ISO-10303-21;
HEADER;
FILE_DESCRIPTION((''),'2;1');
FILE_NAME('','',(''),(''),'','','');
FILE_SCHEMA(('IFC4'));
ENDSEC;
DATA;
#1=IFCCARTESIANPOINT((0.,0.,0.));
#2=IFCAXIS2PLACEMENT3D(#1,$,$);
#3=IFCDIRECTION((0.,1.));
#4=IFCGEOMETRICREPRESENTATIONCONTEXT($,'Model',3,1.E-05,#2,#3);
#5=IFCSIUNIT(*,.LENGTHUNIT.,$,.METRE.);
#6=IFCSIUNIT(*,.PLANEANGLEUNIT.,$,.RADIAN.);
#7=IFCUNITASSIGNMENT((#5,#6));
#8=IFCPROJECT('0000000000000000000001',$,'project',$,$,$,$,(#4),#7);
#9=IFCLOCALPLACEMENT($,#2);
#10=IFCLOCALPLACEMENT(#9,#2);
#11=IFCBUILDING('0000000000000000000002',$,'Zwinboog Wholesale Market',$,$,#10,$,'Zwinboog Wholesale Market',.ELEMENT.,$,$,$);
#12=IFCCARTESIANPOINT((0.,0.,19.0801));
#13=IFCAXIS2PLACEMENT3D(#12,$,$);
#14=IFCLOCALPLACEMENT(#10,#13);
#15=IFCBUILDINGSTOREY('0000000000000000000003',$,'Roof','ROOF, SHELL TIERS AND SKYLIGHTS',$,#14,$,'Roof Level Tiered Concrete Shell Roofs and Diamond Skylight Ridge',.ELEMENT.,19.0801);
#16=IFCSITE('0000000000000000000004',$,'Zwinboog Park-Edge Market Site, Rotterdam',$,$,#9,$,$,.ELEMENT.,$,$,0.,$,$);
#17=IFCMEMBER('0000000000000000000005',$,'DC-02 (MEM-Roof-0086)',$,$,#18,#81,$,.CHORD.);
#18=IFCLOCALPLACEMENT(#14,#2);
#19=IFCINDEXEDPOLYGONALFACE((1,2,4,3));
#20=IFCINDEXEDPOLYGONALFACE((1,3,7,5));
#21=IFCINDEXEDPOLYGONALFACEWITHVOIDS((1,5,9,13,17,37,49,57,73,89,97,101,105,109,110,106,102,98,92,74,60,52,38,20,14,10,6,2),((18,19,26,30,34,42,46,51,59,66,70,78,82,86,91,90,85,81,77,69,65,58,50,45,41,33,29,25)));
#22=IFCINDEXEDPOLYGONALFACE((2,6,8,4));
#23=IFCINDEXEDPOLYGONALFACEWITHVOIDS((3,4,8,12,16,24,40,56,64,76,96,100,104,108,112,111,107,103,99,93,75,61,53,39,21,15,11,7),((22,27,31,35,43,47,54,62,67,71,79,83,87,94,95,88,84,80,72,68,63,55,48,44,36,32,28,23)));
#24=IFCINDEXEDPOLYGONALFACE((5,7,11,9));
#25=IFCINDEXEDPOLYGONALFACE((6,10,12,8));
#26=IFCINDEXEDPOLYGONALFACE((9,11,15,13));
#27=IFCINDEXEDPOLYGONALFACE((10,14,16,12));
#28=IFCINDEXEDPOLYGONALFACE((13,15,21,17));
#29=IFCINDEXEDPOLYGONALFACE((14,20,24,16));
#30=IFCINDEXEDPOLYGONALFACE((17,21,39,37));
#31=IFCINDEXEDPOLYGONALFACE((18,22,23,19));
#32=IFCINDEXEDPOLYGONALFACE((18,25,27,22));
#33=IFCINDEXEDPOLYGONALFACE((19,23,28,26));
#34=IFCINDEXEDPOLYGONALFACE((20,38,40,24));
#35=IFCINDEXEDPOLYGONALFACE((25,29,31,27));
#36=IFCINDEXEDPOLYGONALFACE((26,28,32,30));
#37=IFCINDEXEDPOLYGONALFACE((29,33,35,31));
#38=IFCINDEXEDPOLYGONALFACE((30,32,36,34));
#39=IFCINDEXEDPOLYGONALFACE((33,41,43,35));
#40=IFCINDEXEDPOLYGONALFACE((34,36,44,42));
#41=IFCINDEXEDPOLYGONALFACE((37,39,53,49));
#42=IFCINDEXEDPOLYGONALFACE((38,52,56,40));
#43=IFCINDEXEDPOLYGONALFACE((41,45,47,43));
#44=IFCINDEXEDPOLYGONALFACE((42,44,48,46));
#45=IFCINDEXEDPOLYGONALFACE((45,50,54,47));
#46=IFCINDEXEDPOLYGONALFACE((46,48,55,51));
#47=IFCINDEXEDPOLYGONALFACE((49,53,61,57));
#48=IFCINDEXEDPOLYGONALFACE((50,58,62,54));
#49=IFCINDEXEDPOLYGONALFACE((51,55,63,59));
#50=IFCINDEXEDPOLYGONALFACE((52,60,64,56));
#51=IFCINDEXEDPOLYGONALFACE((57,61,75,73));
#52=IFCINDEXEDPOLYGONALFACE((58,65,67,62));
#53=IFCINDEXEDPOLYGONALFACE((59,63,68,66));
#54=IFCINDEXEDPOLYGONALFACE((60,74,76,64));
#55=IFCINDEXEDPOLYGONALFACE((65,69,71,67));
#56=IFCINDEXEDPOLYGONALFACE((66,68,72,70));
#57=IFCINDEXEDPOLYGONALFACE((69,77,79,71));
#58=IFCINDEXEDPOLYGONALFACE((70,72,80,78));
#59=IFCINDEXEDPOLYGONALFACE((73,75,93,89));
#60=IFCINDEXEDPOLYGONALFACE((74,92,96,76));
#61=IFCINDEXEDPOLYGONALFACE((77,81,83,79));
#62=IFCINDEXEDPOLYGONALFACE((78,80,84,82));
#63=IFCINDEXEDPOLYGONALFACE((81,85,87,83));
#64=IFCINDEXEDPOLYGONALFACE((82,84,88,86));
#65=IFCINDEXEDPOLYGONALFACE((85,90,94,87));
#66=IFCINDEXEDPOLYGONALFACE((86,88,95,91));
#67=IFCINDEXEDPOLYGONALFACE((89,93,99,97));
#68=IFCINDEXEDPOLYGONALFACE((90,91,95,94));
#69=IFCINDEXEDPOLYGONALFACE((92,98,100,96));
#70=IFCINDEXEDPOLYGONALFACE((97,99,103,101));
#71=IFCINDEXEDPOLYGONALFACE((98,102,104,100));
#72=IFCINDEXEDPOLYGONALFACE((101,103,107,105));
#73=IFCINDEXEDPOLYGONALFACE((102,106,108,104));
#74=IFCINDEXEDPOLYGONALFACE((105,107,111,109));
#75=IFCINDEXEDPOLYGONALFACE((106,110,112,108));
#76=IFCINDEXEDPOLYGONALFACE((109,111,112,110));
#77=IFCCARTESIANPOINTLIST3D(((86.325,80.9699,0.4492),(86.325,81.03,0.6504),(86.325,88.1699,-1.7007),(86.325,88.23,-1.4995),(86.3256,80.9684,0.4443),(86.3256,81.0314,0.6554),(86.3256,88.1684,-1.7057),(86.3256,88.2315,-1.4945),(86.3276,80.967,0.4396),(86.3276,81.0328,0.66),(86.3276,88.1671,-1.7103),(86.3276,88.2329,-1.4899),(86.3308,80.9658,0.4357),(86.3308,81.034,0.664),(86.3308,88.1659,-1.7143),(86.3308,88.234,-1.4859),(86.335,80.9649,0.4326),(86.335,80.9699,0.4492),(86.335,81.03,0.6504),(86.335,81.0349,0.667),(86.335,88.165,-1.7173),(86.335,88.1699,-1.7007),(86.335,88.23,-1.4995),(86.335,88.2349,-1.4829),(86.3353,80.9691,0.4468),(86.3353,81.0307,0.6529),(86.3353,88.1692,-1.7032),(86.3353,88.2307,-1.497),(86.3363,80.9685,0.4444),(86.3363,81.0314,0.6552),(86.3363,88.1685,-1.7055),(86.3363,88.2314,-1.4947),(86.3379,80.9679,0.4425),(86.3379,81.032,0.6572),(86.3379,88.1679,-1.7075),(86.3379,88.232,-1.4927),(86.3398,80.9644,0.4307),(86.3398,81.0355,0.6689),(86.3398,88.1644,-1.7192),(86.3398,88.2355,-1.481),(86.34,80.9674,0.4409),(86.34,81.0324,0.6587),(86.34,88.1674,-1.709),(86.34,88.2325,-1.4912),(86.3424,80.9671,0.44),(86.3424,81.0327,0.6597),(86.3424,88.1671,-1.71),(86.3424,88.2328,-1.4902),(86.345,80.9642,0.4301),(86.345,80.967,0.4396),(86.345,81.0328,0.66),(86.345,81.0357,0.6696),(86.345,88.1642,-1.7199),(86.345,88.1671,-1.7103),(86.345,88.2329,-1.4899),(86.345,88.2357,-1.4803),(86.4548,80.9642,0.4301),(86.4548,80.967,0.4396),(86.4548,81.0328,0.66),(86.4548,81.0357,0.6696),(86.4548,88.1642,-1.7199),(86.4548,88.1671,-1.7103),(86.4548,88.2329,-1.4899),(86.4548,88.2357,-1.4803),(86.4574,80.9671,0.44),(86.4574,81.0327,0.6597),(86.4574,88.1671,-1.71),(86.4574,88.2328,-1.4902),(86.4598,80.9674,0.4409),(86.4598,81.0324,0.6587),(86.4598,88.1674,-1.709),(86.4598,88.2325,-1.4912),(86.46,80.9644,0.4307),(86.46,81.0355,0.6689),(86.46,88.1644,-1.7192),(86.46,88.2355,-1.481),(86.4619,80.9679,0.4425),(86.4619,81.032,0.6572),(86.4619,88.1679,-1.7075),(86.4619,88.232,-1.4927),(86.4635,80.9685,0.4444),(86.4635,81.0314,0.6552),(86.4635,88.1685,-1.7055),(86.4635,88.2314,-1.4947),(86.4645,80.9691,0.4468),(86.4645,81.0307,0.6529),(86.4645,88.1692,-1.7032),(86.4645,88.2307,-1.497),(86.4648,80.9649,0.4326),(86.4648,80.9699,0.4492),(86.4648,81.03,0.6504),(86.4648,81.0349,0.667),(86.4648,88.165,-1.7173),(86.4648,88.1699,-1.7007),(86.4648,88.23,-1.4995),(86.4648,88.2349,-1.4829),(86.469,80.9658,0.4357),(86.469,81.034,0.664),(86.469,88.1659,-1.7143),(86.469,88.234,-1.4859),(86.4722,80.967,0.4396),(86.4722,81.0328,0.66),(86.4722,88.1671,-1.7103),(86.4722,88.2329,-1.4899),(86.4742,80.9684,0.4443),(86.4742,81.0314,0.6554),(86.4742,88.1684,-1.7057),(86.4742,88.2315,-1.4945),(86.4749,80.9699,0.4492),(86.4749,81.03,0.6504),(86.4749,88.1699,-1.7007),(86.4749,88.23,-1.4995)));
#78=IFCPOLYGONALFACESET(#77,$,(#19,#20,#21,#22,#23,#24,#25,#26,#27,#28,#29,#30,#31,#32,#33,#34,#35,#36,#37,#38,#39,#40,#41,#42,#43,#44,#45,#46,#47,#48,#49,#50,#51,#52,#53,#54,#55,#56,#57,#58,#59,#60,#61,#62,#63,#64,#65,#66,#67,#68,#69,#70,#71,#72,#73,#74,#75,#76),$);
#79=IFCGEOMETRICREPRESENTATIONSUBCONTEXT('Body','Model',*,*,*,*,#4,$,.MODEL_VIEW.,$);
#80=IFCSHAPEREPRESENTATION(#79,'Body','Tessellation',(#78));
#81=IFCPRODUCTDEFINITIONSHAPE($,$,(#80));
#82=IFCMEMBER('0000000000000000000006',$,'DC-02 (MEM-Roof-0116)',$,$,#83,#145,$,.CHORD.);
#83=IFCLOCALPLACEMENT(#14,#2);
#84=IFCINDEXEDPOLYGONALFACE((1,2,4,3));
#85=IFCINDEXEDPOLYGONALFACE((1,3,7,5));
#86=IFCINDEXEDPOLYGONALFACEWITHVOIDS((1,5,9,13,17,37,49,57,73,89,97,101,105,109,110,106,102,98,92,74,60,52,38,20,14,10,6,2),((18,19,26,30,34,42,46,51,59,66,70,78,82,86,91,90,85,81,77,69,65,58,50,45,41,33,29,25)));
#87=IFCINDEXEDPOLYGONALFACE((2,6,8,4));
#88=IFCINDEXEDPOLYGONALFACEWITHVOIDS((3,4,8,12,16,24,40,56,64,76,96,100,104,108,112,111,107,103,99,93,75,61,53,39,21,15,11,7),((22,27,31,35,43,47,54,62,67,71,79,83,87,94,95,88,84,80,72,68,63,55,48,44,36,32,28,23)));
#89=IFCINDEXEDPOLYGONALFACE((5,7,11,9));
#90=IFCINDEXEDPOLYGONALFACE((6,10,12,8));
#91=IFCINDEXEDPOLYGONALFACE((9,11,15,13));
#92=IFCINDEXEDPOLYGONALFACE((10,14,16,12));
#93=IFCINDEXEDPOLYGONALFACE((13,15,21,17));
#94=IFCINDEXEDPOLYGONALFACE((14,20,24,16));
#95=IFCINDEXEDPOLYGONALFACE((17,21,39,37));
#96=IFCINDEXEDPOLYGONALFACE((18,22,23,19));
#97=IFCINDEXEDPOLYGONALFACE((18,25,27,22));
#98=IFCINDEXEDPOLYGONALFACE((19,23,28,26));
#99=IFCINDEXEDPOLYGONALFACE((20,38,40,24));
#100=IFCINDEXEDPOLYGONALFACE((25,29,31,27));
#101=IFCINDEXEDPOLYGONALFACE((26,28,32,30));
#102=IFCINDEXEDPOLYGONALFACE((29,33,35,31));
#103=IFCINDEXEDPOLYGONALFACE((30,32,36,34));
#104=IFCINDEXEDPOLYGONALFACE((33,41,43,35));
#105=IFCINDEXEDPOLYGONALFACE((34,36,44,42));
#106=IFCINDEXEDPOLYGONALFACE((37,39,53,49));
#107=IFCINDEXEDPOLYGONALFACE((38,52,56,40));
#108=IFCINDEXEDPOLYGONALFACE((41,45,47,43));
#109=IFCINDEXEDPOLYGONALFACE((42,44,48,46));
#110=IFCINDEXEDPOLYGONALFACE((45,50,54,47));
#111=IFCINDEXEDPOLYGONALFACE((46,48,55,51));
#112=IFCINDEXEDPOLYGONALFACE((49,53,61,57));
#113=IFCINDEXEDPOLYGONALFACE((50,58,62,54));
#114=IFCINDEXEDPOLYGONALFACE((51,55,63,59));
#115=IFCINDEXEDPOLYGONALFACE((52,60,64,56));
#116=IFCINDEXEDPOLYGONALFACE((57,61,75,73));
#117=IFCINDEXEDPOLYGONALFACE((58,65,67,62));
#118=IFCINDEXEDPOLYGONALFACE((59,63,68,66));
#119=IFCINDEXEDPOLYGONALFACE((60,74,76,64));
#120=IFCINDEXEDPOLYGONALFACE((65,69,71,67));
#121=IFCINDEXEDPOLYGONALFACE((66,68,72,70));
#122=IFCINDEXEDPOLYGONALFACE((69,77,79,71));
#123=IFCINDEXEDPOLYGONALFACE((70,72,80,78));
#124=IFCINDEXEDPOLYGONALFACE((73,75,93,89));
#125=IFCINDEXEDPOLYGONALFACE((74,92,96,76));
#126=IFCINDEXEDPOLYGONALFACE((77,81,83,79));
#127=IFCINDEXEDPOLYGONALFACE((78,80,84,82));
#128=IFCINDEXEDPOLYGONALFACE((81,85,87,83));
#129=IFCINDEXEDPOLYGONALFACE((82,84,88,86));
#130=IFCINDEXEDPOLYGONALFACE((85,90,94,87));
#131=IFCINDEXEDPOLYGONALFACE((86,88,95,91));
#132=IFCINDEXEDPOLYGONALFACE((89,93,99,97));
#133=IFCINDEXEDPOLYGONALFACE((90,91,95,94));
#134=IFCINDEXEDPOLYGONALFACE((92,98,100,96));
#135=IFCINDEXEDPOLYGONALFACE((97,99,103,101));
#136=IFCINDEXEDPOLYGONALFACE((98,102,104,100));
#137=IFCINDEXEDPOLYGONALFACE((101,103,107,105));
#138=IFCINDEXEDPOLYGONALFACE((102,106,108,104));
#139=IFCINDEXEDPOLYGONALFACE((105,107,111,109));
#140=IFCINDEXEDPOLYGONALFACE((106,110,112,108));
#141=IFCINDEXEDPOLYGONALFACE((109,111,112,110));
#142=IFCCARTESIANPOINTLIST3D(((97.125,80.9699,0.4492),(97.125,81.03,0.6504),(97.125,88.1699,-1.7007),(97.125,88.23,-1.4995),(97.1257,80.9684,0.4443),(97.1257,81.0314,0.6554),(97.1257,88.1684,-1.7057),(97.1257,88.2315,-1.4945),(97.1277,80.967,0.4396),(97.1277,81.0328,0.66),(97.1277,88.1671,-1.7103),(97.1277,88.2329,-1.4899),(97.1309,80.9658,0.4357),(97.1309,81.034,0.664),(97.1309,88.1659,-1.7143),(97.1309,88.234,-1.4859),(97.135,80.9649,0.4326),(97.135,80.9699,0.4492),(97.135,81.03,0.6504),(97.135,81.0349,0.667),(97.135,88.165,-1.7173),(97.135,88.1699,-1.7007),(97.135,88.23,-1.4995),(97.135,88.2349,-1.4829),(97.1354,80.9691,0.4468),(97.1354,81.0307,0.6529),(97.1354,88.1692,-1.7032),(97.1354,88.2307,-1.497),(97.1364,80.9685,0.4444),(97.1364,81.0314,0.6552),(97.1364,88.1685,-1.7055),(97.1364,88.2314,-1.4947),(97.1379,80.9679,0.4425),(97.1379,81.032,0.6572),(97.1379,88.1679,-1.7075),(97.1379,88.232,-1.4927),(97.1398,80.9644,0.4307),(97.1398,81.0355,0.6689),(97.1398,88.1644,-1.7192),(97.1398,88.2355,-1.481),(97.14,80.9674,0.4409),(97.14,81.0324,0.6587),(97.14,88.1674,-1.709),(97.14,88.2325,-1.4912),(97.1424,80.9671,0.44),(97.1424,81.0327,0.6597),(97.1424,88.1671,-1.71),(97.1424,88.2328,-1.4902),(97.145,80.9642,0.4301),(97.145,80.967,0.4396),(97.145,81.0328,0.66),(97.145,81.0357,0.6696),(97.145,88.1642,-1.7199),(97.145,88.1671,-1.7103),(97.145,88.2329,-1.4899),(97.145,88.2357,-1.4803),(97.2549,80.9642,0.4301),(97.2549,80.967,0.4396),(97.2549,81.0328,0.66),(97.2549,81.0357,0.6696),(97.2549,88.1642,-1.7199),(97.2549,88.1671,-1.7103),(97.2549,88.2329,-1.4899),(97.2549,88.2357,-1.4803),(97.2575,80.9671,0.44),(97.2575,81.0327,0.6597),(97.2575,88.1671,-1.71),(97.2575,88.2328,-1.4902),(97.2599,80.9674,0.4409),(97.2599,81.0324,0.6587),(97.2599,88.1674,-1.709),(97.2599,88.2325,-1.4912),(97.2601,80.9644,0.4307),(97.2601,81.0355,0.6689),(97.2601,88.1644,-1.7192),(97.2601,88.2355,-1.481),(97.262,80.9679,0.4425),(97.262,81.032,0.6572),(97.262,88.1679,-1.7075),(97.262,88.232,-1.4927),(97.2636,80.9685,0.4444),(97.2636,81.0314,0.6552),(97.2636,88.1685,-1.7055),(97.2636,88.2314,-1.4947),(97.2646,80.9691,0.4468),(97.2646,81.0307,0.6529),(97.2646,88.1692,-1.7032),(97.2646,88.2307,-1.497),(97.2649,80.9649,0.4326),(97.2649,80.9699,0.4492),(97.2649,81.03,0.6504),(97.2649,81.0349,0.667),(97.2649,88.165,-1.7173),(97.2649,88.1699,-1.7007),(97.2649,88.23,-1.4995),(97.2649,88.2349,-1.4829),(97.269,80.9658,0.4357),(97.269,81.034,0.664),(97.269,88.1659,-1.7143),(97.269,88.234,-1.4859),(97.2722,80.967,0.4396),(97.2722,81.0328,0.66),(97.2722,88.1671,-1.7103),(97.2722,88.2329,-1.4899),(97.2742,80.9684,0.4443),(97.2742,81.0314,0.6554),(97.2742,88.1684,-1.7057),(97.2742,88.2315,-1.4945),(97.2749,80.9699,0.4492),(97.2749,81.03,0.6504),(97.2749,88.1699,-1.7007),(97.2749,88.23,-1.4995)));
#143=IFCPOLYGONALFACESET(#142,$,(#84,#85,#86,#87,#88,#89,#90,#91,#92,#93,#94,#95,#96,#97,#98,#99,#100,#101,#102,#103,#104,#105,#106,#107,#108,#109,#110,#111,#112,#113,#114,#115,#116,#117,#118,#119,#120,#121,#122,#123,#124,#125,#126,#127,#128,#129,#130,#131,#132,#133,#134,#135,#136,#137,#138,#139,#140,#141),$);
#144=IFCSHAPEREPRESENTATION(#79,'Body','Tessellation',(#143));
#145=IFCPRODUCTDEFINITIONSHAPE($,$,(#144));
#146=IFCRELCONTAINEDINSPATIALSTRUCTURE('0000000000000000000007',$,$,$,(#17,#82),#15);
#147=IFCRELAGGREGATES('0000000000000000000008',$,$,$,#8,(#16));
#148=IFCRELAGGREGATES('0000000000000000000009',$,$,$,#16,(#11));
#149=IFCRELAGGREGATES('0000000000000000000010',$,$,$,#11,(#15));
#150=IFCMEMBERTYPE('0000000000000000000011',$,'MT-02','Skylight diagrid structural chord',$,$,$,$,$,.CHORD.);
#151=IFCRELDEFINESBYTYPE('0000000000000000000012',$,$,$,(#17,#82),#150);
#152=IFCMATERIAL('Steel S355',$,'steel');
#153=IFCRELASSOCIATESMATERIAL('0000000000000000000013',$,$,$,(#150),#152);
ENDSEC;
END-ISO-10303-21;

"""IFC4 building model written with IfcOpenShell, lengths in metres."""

from ifc_helpers import new_model, si_unit, direction, frame, origin, origin_2d, place, context, subcontext, project, spatial, hollow_rectangle, extrude, material, material_profile, profile_set, type_object, element, save


model = new_model("IFC4")

# Units and contexts
model_context = context("Model", 3, precision=1e-05, world=origin(), true_north=direction((0.0, 1.0)))
body_context = subcontext(model_context, "Body", "Model", "MODEL_VIEW")
ifc_project = project(units=[si_unit("LENGTHUNIT", "METRE"), si_unit("PLANEANGLEUNIT", "RADIAN")], contexts=[model_context])

# Site, building, storey
site_placement = place(None, origin())
site = spatial("IfcSite", under=ifc_project, at=site_placement, Name="Zwinboog Park-Edge Market Site, Rotterdam", CompositionType="ELEMENT", RefElevation=0.0)
building_placement = place(site_placement, origin())
building = spatial("IfcBuilding", under=site, at=building_placement, Name="Zwinboog Wholesale Market", LongName="Zwinboog Wholesale Market", CompositionType="ELEMENT")
storey_placement = place(building_placement, frame((0.0, 0.0, 19.0801)))
storey = spatial("IfcBuildingStorey", under=building, at=storey_placement, Name="Roof", Description="ROOF, SHELL TIERS AND SKYLIGHTS", LongName="Roof Level Tiered Concrete Shell Roofs and Diamond Skylight Ridge", CompositionType="ELEMENT", Elevation=19.0801)

# Members
ifc_material_1 = material(Name="Steel S355", Category="steel")
ifc_material_profile_1 = material_profile(ifc_material_1, hollow_rectangle(XDim=0.1499, YDim=0.25, WallThickness=0.01, InnerFilletRadius=0.01, OuterFilletRadius=0.02, at=origin_2d()), Name="RHS 250x150x10")
ifc_profile_set_1 = profile_set([ifc_material_profile_1], Name="Steel S355")
member_type_1 = type_object("IfcMemberType", Name="MT-02", Description="Skylight diagrid structural chord", PredefinedType="CHORD", material=ifc_profile_set_1)
for number, where, z_axis, x_axis, name in (
    (1, (86.3999, 88.2, -1.6001), (0.0, -0.958195, 0.286117), (1.0, 0.0, 0.0), "DC-02 (MEM-Roof-0086)"),
    (2, (97.2, 88.2, -1.6001), (0.0, -0.958195, 0.286117), (1.0, 0.0, 0.0), "DC-02 (MEM-Roof-0116)"),
):
    element("IfcMember", number, at=place(storey_placement, frame(where, z_axis=z_axis, x_axis=x_axis)), inside=storey, type_object=member_type_1, Name=name, PredefinedType="CHORD", context=body_context, shape_type="SweptSolid", body=[
        extrude(hollow_rectangle(XDim=0.1499, YDim=0.25, WallThickness=0.01, InnerFilletRadius=0.01, OuterFilletRadius=0.02, at=origin_2d()), origin(), (0.0, 0.0, 1.0), 7.5142),
    ])

save(model, "model.ifc")
